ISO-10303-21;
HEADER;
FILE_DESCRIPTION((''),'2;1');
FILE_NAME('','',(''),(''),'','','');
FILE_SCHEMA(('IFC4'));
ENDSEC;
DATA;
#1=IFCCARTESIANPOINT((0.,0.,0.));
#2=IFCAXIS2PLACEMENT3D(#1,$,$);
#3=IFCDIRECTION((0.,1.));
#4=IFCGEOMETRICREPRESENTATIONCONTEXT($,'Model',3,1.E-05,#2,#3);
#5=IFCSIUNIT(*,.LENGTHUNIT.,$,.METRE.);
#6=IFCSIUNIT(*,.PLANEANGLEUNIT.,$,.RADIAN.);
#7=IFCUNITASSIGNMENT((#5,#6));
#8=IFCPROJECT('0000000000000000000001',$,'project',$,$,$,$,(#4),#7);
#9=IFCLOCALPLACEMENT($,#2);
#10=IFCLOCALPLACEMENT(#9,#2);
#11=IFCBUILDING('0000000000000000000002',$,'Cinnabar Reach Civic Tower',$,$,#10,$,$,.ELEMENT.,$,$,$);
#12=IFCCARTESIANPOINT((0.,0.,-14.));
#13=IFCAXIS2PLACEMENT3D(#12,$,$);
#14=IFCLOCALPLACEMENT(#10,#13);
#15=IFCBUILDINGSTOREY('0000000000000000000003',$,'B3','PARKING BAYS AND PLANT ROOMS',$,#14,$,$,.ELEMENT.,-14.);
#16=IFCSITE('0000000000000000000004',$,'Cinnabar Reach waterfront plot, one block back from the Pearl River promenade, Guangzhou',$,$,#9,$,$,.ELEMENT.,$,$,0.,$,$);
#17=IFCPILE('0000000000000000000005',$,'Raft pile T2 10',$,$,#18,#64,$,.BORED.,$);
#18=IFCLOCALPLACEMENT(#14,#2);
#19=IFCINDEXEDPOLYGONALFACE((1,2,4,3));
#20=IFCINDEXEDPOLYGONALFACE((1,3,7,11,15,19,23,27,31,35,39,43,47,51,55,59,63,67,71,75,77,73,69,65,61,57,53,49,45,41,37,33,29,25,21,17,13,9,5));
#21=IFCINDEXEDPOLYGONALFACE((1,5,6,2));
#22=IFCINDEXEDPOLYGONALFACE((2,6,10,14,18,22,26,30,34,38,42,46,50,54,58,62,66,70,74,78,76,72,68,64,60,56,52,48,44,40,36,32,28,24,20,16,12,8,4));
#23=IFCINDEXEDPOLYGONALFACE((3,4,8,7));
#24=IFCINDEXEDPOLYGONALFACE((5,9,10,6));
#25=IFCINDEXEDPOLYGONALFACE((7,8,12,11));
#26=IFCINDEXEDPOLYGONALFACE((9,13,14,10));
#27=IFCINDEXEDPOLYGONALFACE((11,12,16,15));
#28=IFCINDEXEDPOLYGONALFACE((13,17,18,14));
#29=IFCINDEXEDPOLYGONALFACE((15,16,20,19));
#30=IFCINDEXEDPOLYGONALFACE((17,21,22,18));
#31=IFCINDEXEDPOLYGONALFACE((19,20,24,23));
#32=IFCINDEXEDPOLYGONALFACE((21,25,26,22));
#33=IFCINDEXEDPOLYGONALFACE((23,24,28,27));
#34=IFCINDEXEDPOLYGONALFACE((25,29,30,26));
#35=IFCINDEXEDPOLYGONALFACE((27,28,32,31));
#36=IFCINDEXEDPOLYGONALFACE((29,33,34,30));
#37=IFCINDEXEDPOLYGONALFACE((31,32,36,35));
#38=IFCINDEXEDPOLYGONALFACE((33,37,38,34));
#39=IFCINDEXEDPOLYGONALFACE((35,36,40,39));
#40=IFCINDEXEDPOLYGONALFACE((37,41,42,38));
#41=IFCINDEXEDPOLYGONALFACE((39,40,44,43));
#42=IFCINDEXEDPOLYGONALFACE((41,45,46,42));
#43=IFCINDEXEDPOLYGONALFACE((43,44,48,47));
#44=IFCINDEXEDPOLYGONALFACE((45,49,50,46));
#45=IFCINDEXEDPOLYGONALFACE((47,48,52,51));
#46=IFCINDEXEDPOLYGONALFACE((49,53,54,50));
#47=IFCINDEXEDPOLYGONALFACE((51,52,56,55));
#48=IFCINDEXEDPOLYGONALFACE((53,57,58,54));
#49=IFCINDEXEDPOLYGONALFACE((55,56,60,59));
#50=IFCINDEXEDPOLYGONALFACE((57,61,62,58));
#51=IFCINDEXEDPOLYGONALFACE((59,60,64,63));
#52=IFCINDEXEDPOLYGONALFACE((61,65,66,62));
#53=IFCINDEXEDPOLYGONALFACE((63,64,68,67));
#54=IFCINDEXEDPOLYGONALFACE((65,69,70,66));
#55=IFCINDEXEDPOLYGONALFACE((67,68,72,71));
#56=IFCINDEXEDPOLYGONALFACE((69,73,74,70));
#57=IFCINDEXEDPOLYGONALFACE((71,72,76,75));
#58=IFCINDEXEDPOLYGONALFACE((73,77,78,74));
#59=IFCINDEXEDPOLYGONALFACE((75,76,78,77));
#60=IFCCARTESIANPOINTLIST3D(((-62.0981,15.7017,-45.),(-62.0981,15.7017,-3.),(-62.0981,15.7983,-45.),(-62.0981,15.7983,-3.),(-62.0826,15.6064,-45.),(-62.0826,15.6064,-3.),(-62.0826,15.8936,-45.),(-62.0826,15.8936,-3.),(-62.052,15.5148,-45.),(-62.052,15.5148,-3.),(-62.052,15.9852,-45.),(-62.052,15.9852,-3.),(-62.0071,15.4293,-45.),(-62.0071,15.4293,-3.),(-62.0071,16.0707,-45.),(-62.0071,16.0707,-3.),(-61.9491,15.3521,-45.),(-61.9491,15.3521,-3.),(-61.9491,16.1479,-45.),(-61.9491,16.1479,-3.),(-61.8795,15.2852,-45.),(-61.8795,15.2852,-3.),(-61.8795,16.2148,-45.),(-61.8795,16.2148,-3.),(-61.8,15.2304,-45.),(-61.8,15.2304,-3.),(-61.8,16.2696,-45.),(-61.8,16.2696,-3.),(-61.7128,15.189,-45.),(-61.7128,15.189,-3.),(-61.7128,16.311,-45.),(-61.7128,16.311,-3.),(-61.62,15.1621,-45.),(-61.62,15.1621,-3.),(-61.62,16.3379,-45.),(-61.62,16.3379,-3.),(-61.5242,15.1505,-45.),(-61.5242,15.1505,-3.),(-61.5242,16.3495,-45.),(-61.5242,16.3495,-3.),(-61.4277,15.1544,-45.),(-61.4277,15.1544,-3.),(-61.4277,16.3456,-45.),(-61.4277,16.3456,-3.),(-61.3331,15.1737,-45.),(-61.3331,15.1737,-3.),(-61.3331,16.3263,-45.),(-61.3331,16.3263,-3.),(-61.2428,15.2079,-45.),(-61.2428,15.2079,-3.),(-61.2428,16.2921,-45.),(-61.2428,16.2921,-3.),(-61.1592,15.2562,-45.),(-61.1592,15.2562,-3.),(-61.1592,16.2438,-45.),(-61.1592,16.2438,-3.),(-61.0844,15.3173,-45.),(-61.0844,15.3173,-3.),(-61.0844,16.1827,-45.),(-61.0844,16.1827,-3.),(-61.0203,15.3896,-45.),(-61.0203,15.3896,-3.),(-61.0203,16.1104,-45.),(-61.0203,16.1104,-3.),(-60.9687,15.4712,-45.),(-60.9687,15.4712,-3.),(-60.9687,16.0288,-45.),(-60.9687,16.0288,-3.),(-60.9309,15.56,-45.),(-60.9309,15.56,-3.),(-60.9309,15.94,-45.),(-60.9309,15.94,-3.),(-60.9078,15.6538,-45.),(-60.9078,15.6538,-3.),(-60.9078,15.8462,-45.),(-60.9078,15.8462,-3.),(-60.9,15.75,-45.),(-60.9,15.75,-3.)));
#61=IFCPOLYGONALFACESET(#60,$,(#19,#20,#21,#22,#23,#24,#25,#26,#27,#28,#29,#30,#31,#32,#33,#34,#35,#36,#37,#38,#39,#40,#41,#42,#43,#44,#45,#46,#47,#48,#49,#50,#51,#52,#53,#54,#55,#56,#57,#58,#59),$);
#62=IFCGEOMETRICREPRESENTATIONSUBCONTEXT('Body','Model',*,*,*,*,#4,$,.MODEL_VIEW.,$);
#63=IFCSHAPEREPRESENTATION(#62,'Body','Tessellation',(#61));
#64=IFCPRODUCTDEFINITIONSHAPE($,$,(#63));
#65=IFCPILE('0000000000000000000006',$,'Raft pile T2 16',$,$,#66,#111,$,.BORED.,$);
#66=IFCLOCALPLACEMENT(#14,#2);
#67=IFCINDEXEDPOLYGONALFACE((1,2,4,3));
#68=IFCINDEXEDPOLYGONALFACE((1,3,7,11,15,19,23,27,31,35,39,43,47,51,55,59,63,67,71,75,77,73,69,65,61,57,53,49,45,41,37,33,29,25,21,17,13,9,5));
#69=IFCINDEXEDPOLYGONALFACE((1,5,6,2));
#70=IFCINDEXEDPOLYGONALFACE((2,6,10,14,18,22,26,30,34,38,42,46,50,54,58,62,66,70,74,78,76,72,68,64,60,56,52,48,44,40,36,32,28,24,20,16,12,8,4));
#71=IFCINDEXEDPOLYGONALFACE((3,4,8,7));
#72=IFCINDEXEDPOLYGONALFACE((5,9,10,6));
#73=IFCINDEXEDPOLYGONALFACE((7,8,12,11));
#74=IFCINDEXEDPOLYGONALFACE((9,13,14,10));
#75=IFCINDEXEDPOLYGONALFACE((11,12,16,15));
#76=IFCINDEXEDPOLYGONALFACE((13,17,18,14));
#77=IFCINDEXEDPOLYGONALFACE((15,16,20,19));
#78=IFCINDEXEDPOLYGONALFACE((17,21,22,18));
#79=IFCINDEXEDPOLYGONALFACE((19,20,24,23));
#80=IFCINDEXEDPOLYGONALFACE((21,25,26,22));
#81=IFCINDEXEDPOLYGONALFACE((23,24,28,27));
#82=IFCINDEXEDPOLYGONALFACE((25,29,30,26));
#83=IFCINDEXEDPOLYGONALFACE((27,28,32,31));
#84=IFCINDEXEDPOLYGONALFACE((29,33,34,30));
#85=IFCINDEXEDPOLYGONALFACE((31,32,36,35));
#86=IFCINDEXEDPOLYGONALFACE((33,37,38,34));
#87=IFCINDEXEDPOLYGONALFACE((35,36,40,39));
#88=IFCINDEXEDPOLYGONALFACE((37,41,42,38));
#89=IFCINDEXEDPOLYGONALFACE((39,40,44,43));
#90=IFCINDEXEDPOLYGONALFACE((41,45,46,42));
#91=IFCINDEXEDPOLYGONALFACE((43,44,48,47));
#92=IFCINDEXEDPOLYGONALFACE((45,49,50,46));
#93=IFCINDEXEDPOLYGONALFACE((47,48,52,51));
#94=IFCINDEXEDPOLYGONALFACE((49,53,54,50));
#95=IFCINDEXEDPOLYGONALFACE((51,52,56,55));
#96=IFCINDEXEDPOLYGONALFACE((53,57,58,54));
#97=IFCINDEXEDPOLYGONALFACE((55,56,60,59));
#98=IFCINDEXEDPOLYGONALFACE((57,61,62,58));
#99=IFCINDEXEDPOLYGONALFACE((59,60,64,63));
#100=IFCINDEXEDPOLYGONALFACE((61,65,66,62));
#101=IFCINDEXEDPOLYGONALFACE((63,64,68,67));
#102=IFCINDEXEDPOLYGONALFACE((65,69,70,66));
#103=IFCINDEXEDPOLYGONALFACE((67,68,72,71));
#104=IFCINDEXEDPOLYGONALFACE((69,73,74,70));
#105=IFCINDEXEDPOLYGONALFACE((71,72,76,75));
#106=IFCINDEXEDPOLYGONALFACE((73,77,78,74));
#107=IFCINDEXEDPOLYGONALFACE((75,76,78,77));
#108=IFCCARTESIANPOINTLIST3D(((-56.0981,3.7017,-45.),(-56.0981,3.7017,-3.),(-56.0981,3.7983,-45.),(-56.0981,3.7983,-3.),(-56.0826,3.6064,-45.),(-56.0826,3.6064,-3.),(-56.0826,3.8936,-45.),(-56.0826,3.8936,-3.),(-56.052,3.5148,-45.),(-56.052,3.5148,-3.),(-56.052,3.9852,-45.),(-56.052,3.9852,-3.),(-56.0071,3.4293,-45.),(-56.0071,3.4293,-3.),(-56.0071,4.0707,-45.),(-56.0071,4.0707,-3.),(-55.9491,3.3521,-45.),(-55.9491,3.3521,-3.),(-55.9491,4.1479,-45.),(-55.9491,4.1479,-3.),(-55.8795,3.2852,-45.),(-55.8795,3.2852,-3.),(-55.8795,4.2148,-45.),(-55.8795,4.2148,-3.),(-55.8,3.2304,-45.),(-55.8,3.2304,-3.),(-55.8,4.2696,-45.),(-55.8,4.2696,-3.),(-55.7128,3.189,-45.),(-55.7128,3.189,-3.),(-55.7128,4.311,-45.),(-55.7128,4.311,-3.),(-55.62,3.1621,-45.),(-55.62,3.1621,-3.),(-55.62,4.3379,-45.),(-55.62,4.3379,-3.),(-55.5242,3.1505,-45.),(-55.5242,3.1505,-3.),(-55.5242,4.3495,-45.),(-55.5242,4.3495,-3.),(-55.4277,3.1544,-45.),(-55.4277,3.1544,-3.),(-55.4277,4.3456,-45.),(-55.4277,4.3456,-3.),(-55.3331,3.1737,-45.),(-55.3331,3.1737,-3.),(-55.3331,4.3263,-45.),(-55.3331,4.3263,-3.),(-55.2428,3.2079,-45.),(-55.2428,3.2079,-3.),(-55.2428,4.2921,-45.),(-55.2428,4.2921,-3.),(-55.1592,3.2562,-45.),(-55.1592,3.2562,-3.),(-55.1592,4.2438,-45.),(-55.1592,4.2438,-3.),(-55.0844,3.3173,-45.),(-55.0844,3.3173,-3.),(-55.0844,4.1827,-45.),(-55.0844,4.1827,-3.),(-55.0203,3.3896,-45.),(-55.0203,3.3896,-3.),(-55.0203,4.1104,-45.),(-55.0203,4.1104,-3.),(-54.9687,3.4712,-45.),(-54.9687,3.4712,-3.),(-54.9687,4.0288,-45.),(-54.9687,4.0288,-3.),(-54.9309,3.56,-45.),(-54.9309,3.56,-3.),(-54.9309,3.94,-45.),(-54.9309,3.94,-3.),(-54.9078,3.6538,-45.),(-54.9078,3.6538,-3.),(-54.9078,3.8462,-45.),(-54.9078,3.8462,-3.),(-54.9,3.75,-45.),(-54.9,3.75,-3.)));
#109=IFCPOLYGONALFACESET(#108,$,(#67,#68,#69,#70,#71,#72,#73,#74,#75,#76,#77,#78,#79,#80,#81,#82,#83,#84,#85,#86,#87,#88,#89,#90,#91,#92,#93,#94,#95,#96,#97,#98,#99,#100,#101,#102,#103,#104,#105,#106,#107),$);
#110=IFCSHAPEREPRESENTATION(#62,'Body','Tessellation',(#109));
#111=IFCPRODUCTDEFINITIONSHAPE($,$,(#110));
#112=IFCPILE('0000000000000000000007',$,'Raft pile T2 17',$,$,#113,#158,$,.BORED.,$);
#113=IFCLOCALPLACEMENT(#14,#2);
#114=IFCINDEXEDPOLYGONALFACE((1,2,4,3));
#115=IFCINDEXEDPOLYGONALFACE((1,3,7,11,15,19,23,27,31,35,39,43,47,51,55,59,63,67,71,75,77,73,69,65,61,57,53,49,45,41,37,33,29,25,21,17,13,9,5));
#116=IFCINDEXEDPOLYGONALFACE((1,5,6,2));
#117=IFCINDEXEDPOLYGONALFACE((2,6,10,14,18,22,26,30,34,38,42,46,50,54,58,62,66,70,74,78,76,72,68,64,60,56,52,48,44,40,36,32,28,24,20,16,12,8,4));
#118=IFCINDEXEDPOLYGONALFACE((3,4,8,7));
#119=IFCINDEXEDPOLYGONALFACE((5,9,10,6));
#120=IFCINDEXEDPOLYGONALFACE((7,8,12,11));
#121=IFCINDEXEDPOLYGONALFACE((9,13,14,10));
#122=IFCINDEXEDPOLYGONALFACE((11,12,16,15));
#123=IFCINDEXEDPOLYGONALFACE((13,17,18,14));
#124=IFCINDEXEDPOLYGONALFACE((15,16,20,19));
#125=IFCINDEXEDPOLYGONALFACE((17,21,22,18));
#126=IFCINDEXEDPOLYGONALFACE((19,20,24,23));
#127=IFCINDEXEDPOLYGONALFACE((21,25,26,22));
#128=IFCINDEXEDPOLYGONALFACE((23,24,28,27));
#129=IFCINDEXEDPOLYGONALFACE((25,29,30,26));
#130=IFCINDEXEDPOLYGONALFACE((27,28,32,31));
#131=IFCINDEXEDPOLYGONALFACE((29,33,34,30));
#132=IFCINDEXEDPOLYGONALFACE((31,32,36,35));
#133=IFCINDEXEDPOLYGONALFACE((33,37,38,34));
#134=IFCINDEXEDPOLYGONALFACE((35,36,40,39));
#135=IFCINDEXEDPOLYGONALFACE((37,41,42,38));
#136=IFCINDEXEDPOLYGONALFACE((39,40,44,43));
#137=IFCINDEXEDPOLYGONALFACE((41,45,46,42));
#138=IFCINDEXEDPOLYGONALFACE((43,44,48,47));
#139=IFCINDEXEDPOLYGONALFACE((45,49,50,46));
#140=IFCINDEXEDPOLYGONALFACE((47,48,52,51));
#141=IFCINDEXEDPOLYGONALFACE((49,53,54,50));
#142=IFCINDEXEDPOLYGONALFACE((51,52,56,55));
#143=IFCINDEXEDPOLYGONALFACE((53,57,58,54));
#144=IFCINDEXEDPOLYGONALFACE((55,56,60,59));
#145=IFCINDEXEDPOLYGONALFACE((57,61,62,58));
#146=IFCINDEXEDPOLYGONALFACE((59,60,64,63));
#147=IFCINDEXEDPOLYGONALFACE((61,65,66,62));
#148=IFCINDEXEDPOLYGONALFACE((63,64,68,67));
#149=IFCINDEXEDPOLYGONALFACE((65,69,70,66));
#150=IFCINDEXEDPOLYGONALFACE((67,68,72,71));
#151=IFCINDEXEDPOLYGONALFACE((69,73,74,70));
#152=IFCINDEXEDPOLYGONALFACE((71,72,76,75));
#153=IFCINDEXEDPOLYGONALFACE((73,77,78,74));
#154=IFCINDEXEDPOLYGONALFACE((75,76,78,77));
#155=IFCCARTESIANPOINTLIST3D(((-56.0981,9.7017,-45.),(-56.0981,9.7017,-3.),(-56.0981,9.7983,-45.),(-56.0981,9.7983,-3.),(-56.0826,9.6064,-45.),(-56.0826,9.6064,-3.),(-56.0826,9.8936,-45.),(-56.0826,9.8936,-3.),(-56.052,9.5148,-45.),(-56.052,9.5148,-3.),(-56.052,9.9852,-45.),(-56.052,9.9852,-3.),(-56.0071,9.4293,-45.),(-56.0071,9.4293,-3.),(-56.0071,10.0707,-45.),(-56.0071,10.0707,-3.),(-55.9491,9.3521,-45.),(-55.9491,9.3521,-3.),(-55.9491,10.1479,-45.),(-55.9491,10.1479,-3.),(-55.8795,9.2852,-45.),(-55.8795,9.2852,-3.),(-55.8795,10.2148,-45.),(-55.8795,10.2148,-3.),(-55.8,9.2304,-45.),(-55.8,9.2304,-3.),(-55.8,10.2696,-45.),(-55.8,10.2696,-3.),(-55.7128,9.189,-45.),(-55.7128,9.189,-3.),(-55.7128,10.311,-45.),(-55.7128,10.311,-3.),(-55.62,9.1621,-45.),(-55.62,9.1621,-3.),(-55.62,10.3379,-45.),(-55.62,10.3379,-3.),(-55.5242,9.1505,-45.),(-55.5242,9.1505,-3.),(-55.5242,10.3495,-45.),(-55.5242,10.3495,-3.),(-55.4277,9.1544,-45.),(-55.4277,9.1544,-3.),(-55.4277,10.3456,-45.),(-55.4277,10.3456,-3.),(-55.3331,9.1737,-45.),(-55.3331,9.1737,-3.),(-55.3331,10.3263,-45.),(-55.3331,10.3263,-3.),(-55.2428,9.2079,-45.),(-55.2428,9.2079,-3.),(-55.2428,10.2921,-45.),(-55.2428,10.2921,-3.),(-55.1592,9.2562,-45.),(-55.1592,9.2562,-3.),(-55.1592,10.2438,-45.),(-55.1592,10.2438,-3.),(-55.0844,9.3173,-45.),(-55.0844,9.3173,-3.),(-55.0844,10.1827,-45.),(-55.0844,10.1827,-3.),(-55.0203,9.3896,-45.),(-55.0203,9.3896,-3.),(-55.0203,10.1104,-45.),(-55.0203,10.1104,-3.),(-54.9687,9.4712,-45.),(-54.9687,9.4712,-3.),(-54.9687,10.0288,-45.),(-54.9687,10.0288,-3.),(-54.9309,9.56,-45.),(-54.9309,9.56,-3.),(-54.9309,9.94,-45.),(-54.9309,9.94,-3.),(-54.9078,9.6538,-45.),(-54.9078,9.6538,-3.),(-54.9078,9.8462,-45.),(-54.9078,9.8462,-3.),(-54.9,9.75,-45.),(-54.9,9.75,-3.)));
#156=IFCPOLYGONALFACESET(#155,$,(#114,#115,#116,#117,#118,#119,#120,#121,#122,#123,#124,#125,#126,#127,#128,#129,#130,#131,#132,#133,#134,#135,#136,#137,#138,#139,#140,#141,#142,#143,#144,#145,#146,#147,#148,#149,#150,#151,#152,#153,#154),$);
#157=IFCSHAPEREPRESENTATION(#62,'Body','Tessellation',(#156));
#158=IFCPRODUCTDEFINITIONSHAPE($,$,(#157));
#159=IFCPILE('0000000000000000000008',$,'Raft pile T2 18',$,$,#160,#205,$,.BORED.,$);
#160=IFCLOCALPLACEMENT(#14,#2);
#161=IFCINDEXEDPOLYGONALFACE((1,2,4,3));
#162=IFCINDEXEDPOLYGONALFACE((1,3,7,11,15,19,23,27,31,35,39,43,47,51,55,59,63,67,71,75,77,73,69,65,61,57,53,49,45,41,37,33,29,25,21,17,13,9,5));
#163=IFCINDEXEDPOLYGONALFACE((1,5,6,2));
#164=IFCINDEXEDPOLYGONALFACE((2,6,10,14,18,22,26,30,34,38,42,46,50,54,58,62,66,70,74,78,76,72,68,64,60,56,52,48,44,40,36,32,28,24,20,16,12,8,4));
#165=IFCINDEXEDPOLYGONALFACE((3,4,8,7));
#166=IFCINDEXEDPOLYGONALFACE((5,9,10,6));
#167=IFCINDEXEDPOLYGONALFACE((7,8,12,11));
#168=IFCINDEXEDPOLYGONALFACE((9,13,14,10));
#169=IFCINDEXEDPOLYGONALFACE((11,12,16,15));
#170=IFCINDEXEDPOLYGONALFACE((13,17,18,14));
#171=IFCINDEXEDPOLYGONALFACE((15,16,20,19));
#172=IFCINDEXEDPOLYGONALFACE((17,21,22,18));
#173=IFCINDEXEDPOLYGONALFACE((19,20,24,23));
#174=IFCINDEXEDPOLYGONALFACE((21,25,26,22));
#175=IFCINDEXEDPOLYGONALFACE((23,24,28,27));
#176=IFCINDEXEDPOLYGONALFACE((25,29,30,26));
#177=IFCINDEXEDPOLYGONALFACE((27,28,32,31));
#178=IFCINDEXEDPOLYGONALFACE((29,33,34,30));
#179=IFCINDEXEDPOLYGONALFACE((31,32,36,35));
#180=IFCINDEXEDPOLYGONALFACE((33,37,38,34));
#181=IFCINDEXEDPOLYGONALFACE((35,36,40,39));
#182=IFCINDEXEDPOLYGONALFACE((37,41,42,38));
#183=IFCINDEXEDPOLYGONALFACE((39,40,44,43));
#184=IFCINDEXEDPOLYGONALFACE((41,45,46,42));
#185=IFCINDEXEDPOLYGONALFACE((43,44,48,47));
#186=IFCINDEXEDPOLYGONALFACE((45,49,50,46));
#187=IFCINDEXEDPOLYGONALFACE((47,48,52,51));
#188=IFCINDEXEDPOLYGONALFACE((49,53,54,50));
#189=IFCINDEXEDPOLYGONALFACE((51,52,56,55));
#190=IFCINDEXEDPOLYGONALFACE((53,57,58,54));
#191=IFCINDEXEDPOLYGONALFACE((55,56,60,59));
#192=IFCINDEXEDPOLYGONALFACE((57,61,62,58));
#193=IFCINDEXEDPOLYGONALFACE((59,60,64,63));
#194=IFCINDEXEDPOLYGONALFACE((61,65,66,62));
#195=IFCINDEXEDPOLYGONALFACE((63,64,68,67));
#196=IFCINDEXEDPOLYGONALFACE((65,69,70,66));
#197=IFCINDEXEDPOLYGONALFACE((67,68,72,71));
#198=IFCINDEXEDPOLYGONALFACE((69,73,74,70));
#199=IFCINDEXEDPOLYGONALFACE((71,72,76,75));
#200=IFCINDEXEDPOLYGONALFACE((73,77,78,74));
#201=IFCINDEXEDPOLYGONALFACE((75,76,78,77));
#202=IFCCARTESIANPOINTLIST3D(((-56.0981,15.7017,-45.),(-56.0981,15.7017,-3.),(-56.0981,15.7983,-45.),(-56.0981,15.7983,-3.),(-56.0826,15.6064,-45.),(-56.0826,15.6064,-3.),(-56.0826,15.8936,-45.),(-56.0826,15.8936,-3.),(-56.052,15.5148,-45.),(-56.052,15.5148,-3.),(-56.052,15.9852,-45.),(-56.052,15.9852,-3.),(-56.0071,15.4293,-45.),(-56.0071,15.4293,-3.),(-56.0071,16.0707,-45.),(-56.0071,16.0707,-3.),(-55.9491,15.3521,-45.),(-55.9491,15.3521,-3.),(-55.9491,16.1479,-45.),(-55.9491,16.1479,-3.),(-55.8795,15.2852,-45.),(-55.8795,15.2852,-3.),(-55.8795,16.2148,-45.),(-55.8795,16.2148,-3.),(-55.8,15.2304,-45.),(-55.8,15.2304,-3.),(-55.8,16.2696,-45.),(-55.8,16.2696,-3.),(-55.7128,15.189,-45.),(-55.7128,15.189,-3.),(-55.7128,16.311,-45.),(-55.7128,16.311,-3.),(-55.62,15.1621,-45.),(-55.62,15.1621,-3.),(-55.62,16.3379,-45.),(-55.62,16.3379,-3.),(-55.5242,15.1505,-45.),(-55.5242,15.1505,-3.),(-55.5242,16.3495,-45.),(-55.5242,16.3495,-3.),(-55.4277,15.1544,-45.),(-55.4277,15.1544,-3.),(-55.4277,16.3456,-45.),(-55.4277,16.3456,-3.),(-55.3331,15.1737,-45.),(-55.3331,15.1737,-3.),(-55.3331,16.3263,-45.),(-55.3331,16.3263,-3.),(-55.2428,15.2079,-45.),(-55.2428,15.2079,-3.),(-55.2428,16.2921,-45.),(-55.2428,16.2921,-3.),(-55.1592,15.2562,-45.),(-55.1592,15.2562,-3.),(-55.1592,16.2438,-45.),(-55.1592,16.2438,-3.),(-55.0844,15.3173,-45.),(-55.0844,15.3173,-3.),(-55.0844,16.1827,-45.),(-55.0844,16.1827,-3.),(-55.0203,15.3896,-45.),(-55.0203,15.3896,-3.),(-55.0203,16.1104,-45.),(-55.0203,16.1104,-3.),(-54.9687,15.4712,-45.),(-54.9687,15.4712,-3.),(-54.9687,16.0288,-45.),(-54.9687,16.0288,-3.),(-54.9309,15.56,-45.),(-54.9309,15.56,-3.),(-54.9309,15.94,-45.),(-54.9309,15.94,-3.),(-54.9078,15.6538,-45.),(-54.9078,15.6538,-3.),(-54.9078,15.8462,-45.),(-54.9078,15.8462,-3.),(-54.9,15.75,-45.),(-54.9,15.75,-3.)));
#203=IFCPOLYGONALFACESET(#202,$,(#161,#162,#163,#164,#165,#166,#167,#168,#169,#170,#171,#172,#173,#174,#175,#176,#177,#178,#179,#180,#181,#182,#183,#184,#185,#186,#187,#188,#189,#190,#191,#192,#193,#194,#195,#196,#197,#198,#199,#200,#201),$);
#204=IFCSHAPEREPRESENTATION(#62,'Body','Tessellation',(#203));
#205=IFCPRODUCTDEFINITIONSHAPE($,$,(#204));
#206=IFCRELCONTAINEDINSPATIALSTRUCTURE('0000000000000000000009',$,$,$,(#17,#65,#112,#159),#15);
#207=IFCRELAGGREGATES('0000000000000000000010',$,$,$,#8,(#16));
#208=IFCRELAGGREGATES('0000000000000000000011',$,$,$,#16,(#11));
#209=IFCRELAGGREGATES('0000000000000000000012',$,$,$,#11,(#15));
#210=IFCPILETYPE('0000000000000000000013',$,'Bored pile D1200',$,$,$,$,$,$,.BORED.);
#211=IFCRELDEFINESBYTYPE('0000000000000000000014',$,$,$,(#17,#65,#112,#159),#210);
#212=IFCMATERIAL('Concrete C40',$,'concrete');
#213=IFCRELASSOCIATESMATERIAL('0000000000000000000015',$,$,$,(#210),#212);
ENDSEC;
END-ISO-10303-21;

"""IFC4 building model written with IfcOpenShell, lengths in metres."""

from ifc_helpers import new_model, si_unit, direction, frame, origin, origin_2d, place, context, subcontext, project, spatial, circle, extrude, material, type_object, element, save


model = new_model("IFC4")

# Units and contexts
model_context = context("Model", 3, precision=1e-05, world=origin(), true_north=direction((0.0, 1.0)))
body_context = subcontext(model_context, "Body", "Model", "MODEL_VIEW")
ifc_project = project(units=[si_unit("LENGTHUNIT", "METRE"), si_unit("PLANEANGLEUNIT", "RADIAN")], contexts=[model_context])

# Site, building, storey
site_placement = place(None, origin())
site = spatial("IfcSite", under=ifc_project, at=site_placement, Name="Cinnabar Reach waterfront plot, one block back from the Pearl River promenade, Guangzhou", CompositionType="ELEMENT", RefElevation=0.0)
building_placement = place(site_placement, origin())
building = spatial("IfcBuilding", under=site, at=building_placement, Name="Cinnabar Reach Civic Tower", CompositionType="ELEMENT")
storey_placement = place(building_placement, frame((0.0, 0.0, -14.0)))
storey = spatial("IfcBuildingStorey", under=building, at=storey_placement, Name="B3", Description="PARKING BAYS AND PLANT ROOMS", CompositionType="ELEMENT", Elevation=-14.0)

# Piles
ifc_material_1 = material(Name="Concrete C40", Category="concrete")
pile_type_1 = type_object("IfcPileType", Name="Bored pile D1200", PredefinedType="BORED", material=ifc_material_1)
for number, where, z_axis, x_axis, name in (
    (1, (-61.5, 15.75, -3.0), (0.0, 0.0, -1.0), (1.0, 0.0, 0.0), "Raft pile T2 10"),
    (2, (-55.5, 3.75, -3.0), (0.0, 0.0, -1.0), (1.0, 0.0, 0.0), "Raft pile T2 16"),
    (3, (-55.5, 9.75, -3.0), (0.0, 0.0, -1.0), (1.0, 0.0, 0.0), "Raft pile T2 17"),
    (4, (-55.5, 15.75, -3.0), (0.0, 0.0, -1.0), (1.0, 0.0, 0.0), "Raft pile T2 18"),
):
    element("IfcPile", number, at=place(storey_placement, frame(where, z_axis=z_axis, x_axis=x_axis)), inside=storey, type_object=pile_type_1, Name=name, PredefinedType="BORED", context=body_context, shape_type="SweptSolid", body=[
        extrude(circle(Radius=0.6, at=origin_2d()), origin(), (0.0, 0.0, 1.0), 42.0),
    ])

save(model, "model.ifc")
